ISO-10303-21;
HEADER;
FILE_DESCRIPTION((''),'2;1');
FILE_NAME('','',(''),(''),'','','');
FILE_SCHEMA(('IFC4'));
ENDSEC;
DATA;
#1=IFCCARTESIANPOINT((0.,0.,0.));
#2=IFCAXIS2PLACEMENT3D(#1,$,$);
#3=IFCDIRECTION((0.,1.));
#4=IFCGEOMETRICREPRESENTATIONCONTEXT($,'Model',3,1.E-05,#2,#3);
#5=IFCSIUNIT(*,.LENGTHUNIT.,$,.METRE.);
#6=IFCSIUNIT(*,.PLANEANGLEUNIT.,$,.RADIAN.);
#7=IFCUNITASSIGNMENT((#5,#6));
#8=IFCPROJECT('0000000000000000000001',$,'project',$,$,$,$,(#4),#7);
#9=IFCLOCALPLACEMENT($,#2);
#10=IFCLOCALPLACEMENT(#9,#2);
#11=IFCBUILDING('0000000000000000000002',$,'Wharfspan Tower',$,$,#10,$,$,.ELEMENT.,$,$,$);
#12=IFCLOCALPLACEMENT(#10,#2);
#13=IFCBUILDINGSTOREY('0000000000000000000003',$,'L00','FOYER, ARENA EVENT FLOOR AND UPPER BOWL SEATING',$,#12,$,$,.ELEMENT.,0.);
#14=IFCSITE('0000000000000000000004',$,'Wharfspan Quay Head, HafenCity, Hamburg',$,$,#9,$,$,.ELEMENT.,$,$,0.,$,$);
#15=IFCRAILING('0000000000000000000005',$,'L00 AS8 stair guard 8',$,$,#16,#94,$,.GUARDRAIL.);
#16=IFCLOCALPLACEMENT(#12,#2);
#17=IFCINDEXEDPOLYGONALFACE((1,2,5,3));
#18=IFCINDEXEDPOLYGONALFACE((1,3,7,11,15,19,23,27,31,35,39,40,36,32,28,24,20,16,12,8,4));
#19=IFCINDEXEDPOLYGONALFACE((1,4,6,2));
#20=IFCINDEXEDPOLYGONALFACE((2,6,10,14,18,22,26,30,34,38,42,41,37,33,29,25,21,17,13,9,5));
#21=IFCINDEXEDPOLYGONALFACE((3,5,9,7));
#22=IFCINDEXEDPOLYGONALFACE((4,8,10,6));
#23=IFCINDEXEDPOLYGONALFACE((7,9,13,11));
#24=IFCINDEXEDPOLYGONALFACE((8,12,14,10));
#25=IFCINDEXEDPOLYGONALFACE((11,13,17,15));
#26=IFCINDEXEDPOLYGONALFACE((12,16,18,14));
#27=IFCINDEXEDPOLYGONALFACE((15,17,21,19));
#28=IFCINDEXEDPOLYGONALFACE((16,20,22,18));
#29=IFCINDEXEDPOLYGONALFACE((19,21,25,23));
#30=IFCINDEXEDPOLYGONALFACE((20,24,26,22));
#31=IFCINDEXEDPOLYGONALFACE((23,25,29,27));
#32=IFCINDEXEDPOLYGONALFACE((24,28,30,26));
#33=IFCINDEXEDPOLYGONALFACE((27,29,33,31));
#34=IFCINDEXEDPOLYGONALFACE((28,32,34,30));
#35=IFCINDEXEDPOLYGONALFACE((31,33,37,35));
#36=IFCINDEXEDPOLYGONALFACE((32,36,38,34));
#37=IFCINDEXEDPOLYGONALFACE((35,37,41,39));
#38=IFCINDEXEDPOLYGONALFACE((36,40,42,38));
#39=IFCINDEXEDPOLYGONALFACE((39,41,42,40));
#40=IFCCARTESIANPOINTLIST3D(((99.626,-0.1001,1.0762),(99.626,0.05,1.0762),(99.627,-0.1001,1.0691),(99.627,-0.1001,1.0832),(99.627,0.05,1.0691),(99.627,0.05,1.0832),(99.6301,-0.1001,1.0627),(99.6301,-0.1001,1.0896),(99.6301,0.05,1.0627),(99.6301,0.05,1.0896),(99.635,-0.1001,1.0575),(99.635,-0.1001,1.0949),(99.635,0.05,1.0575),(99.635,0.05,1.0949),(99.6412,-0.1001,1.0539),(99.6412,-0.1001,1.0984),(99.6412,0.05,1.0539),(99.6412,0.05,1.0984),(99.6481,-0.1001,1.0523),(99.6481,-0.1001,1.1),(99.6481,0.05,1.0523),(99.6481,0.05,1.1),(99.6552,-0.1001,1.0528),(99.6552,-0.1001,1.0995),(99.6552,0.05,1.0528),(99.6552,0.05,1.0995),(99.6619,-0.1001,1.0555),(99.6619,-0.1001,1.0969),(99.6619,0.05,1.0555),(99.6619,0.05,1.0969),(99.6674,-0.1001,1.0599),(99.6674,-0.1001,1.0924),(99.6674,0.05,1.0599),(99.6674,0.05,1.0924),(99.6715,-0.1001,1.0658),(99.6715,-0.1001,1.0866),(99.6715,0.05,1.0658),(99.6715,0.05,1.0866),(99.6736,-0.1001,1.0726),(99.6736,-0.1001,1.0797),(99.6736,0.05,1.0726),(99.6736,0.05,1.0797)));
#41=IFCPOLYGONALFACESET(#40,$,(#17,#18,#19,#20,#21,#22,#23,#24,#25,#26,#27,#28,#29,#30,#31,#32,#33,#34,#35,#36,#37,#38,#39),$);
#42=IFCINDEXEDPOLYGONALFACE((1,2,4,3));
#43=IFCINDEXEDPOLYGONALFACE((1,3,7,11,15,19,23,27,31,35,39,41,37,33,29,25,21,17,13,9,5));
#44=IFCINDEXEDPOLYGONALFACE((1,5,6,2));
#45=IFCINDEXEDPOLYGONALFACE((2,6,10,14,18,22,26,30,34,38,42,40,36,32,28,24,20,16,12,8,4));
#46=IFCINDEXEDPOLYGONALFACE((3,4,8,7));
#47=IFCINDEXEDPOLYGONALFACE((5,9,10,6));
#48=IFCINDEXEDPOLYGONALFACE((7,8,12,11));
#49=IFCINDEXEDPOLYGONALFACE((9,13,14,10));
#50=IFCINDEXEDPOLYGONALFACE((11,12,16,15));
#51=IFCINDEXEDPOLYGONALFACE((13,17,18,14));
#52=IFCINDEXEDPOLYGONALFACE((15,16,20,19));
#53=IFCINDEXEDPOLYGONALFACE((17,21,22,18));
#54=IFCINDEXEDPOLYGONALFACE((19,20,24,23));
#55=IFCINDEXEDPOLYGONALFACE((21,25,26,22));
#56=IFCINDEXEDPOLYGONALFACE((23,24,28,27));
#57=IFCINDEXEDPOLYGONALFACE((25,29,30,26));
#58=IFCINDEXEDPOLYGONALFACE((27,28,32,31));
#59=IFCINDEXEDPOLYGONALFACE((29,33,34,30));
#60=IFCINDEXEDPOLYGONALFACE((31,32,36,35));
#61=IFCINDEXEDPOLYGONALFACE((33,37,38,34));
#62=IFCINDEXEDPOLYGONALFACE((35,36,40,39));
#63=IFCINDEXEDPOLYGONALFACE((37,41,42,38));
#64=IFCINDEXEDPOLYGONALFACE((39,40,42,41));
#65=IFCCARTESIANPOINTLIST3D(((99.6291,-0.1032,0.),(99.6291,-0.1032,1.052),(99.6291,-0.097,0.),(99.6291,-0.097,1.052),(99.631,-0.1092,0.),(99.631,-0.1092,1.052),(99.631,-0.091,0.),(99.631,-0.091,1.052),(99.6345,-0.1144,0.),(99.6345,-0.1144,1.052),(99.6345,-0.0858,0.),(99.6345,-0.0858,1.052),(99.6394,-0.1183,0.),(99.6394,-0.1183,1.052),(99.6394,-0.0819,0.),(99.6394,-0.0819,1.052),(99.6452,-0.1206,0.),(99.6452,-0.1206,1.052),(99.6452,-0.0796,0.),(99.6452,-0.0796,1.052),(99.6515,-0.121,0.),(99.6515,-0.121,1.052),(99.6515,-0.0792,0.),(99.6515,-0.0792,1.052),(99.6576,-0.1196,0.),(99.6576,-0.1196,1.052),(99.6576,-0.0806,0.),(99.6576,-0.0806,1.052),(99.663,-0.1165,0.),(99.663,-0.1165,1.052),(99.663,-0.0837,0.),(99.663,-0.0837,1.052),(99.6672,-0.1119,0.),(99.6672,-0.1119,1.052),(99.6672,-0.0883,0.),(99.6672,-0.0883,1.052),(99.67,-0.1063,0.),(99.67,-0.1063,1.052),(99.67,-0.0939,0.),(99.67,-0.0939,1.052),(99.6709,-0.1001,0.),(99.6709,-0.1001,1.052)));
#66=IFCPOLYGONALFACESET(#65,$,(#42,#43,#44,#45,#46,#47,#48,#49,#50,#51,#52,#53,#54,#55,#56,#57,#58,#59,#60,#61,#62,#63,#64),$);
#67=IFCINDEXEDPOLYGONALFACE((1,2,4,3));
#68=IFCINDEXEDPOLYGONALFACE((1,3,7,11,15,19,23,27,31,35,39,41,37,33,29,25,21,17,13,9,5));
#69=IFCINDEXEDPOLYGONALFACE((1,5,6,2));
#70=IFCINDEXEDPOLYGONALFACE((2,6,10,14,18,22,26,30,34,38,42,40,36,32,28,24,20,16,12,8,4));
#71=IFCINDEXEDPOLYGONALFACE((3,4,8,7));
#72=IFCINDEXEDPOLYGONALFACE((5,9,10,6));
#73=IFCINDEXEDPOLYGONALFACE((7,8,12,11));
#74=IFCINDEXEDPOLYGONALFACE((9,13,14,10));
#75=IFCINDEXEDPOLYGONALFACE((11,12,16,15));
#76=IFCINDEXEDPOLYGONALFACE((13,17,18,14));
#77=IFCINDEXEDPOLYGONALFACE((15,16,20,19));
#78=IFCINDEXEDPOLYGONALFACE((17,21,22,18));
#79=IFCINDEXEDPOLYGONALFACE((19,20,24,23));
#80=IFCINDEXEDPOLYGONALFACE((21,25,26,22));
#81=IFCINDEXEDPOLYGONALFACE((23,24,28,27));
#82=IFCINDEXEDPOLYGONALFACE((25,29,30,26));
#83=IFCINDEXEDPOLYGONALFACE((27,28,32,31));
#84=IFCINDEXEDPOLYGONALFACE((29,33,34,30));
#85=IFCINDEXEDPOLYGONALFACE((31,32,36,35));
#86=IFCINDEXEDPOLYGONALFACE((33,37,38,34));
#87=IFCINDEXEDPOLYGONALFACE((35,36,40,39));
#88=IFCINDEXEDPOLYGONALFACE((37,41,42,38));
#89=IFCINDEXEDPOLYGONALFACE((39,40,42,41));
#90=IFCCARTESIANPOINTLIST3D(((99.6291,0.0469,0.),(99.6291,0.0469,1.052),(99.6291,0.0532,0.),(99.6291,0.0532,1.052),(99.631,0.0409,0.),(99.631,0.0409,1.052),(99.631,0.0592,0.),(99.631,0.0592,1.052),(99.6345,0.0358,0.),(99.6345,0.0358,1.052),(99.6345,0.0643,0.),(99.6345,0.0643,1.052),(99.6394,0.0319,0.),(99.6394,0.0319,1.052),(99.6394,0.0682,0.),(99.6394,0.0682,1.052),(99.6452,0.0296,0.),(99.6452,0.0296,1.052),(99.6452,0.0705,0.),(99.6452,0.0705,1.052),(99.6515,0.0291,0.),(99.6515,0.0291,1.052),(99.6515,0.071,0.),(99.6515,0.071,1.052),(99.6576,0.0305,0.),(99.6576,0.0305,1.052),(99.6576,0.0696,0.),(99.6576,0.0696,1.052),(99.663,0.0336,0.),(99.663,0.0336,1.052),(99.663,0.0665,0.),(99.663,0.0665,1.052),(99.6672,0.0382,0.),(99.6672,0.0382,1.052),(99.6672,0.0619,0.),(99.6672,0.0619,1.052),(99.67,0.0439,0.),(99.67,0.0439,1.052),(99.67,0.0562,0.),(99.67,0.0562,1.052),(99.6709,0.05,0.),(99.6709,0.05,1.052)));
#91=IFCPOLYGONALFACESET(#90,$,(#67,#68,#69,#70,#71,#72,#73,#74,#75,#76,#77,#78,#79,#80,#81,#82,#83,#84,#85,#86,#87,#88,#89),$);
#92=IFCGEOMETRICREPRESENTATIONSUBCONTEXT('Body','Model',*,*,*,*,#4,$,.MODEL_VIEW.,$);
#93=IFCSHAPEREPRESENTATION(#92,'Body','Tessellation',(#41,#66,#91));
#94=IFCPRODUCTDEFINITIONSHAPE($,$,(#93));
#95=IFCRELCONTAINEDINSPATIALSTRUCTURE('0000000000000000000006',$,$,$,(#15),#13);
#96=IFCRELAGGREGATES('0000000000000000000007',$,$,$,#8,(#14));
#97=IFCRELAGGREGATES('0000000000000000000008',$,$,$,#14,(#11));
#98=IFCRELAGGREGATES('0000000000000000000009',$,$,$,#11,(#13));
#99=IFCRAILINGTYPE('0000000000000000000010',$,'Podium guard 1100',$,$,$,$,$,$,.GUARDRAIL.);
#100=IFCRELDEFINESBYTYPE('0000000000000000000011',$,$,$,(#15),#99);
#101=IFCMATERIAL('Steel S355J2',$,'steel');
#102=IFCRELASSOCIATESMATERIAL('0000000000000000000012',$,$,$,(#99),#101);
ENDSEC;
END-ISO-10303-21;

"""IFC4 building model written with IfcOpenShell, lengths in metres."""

from ifc_helpers import new_model, si_unit, direction, frame, origin, origin_2d, place, context, subcontext, project, spatial, circle, extrude, material, type_object, element, save


model = new_model("IFC4")

# Units and contexts
model_context = context("Model", 3, precision=1e-05, world=origin(), true_north=direction((0.0, 1.0)))
body_context = subcontext(model_context, "Body", "Model", "MODEL_VIEW")
ifc_project = project(units=[si_unit("LENGTHUNIT", "METRE"), si_unit("PLANEANGLEUNIT", "RADIAN")], contexts=[model_context])

# Site, building, storey
site_placement = place(None, origin())
site = spatial("IfcSite", under=ifc_project, at=site_placement, Name="Wharfspan Quay Head, HafenCity, Hamburg", CompositionType="ELEMENT", RefElevation=0.0)
building_placement = place(site_placement, origin())
building = spatial("IfcBuilding", under=site, at=building_placement, Name="Wharfspan Tower", CompositionType="ELEMENT")
storey_placement = place(building_placement, origin())
storey = spatial("IfcBuildingStorey", under=building, at=storey_placement, Name="L00", Description="FOYER, ARENA EVENT FLOOR AND UPPER BOWL SEATING", CompositionType="ELEMENT", Elevation=0.0)

# Shared definitions
ifc_material_1 = material(Name="Steel S355J2", Category="steel")

# Railing
railing_type_1 = type_object("IfcRailingType", Name="Podium guard 1100", PredefinedType="GUARDRAIL", material=ifc_material_1)
railing_1_placement = place(storey_placement, frame((99.6499, -0.1001, 0.0)))
element("IfcRailing", 1, at=railing_1_placement, inside=storey, type_object=railing_type_1, Name="L00 AS8 stair guard 8", PredefinedType="GUARDRAIL", context=body_context, shape_type="SweptSolid", body=[
    extrude(circle(Radius=0.0239, at=origin_2d()), frame((0.0, 0.0, 1.0762), z_axis=(0.0, 1.0, 0.0), x_axis=(-1.0, 0.0, 0.0)), (0.0, 0.0, 1.0), 0.1501),
    extrude(circle(Radius=0.021, at=origin_2d()), origin(), (0.0, 0.0, 1.0), 1.052),
    extrude(circle(Radius=0.021, at=origin_2d()), frame((0.0, 0.1501, 0.0)), (0.0, 0.0, 1.0), 1.052),
])

save(model, "model.ifc")
